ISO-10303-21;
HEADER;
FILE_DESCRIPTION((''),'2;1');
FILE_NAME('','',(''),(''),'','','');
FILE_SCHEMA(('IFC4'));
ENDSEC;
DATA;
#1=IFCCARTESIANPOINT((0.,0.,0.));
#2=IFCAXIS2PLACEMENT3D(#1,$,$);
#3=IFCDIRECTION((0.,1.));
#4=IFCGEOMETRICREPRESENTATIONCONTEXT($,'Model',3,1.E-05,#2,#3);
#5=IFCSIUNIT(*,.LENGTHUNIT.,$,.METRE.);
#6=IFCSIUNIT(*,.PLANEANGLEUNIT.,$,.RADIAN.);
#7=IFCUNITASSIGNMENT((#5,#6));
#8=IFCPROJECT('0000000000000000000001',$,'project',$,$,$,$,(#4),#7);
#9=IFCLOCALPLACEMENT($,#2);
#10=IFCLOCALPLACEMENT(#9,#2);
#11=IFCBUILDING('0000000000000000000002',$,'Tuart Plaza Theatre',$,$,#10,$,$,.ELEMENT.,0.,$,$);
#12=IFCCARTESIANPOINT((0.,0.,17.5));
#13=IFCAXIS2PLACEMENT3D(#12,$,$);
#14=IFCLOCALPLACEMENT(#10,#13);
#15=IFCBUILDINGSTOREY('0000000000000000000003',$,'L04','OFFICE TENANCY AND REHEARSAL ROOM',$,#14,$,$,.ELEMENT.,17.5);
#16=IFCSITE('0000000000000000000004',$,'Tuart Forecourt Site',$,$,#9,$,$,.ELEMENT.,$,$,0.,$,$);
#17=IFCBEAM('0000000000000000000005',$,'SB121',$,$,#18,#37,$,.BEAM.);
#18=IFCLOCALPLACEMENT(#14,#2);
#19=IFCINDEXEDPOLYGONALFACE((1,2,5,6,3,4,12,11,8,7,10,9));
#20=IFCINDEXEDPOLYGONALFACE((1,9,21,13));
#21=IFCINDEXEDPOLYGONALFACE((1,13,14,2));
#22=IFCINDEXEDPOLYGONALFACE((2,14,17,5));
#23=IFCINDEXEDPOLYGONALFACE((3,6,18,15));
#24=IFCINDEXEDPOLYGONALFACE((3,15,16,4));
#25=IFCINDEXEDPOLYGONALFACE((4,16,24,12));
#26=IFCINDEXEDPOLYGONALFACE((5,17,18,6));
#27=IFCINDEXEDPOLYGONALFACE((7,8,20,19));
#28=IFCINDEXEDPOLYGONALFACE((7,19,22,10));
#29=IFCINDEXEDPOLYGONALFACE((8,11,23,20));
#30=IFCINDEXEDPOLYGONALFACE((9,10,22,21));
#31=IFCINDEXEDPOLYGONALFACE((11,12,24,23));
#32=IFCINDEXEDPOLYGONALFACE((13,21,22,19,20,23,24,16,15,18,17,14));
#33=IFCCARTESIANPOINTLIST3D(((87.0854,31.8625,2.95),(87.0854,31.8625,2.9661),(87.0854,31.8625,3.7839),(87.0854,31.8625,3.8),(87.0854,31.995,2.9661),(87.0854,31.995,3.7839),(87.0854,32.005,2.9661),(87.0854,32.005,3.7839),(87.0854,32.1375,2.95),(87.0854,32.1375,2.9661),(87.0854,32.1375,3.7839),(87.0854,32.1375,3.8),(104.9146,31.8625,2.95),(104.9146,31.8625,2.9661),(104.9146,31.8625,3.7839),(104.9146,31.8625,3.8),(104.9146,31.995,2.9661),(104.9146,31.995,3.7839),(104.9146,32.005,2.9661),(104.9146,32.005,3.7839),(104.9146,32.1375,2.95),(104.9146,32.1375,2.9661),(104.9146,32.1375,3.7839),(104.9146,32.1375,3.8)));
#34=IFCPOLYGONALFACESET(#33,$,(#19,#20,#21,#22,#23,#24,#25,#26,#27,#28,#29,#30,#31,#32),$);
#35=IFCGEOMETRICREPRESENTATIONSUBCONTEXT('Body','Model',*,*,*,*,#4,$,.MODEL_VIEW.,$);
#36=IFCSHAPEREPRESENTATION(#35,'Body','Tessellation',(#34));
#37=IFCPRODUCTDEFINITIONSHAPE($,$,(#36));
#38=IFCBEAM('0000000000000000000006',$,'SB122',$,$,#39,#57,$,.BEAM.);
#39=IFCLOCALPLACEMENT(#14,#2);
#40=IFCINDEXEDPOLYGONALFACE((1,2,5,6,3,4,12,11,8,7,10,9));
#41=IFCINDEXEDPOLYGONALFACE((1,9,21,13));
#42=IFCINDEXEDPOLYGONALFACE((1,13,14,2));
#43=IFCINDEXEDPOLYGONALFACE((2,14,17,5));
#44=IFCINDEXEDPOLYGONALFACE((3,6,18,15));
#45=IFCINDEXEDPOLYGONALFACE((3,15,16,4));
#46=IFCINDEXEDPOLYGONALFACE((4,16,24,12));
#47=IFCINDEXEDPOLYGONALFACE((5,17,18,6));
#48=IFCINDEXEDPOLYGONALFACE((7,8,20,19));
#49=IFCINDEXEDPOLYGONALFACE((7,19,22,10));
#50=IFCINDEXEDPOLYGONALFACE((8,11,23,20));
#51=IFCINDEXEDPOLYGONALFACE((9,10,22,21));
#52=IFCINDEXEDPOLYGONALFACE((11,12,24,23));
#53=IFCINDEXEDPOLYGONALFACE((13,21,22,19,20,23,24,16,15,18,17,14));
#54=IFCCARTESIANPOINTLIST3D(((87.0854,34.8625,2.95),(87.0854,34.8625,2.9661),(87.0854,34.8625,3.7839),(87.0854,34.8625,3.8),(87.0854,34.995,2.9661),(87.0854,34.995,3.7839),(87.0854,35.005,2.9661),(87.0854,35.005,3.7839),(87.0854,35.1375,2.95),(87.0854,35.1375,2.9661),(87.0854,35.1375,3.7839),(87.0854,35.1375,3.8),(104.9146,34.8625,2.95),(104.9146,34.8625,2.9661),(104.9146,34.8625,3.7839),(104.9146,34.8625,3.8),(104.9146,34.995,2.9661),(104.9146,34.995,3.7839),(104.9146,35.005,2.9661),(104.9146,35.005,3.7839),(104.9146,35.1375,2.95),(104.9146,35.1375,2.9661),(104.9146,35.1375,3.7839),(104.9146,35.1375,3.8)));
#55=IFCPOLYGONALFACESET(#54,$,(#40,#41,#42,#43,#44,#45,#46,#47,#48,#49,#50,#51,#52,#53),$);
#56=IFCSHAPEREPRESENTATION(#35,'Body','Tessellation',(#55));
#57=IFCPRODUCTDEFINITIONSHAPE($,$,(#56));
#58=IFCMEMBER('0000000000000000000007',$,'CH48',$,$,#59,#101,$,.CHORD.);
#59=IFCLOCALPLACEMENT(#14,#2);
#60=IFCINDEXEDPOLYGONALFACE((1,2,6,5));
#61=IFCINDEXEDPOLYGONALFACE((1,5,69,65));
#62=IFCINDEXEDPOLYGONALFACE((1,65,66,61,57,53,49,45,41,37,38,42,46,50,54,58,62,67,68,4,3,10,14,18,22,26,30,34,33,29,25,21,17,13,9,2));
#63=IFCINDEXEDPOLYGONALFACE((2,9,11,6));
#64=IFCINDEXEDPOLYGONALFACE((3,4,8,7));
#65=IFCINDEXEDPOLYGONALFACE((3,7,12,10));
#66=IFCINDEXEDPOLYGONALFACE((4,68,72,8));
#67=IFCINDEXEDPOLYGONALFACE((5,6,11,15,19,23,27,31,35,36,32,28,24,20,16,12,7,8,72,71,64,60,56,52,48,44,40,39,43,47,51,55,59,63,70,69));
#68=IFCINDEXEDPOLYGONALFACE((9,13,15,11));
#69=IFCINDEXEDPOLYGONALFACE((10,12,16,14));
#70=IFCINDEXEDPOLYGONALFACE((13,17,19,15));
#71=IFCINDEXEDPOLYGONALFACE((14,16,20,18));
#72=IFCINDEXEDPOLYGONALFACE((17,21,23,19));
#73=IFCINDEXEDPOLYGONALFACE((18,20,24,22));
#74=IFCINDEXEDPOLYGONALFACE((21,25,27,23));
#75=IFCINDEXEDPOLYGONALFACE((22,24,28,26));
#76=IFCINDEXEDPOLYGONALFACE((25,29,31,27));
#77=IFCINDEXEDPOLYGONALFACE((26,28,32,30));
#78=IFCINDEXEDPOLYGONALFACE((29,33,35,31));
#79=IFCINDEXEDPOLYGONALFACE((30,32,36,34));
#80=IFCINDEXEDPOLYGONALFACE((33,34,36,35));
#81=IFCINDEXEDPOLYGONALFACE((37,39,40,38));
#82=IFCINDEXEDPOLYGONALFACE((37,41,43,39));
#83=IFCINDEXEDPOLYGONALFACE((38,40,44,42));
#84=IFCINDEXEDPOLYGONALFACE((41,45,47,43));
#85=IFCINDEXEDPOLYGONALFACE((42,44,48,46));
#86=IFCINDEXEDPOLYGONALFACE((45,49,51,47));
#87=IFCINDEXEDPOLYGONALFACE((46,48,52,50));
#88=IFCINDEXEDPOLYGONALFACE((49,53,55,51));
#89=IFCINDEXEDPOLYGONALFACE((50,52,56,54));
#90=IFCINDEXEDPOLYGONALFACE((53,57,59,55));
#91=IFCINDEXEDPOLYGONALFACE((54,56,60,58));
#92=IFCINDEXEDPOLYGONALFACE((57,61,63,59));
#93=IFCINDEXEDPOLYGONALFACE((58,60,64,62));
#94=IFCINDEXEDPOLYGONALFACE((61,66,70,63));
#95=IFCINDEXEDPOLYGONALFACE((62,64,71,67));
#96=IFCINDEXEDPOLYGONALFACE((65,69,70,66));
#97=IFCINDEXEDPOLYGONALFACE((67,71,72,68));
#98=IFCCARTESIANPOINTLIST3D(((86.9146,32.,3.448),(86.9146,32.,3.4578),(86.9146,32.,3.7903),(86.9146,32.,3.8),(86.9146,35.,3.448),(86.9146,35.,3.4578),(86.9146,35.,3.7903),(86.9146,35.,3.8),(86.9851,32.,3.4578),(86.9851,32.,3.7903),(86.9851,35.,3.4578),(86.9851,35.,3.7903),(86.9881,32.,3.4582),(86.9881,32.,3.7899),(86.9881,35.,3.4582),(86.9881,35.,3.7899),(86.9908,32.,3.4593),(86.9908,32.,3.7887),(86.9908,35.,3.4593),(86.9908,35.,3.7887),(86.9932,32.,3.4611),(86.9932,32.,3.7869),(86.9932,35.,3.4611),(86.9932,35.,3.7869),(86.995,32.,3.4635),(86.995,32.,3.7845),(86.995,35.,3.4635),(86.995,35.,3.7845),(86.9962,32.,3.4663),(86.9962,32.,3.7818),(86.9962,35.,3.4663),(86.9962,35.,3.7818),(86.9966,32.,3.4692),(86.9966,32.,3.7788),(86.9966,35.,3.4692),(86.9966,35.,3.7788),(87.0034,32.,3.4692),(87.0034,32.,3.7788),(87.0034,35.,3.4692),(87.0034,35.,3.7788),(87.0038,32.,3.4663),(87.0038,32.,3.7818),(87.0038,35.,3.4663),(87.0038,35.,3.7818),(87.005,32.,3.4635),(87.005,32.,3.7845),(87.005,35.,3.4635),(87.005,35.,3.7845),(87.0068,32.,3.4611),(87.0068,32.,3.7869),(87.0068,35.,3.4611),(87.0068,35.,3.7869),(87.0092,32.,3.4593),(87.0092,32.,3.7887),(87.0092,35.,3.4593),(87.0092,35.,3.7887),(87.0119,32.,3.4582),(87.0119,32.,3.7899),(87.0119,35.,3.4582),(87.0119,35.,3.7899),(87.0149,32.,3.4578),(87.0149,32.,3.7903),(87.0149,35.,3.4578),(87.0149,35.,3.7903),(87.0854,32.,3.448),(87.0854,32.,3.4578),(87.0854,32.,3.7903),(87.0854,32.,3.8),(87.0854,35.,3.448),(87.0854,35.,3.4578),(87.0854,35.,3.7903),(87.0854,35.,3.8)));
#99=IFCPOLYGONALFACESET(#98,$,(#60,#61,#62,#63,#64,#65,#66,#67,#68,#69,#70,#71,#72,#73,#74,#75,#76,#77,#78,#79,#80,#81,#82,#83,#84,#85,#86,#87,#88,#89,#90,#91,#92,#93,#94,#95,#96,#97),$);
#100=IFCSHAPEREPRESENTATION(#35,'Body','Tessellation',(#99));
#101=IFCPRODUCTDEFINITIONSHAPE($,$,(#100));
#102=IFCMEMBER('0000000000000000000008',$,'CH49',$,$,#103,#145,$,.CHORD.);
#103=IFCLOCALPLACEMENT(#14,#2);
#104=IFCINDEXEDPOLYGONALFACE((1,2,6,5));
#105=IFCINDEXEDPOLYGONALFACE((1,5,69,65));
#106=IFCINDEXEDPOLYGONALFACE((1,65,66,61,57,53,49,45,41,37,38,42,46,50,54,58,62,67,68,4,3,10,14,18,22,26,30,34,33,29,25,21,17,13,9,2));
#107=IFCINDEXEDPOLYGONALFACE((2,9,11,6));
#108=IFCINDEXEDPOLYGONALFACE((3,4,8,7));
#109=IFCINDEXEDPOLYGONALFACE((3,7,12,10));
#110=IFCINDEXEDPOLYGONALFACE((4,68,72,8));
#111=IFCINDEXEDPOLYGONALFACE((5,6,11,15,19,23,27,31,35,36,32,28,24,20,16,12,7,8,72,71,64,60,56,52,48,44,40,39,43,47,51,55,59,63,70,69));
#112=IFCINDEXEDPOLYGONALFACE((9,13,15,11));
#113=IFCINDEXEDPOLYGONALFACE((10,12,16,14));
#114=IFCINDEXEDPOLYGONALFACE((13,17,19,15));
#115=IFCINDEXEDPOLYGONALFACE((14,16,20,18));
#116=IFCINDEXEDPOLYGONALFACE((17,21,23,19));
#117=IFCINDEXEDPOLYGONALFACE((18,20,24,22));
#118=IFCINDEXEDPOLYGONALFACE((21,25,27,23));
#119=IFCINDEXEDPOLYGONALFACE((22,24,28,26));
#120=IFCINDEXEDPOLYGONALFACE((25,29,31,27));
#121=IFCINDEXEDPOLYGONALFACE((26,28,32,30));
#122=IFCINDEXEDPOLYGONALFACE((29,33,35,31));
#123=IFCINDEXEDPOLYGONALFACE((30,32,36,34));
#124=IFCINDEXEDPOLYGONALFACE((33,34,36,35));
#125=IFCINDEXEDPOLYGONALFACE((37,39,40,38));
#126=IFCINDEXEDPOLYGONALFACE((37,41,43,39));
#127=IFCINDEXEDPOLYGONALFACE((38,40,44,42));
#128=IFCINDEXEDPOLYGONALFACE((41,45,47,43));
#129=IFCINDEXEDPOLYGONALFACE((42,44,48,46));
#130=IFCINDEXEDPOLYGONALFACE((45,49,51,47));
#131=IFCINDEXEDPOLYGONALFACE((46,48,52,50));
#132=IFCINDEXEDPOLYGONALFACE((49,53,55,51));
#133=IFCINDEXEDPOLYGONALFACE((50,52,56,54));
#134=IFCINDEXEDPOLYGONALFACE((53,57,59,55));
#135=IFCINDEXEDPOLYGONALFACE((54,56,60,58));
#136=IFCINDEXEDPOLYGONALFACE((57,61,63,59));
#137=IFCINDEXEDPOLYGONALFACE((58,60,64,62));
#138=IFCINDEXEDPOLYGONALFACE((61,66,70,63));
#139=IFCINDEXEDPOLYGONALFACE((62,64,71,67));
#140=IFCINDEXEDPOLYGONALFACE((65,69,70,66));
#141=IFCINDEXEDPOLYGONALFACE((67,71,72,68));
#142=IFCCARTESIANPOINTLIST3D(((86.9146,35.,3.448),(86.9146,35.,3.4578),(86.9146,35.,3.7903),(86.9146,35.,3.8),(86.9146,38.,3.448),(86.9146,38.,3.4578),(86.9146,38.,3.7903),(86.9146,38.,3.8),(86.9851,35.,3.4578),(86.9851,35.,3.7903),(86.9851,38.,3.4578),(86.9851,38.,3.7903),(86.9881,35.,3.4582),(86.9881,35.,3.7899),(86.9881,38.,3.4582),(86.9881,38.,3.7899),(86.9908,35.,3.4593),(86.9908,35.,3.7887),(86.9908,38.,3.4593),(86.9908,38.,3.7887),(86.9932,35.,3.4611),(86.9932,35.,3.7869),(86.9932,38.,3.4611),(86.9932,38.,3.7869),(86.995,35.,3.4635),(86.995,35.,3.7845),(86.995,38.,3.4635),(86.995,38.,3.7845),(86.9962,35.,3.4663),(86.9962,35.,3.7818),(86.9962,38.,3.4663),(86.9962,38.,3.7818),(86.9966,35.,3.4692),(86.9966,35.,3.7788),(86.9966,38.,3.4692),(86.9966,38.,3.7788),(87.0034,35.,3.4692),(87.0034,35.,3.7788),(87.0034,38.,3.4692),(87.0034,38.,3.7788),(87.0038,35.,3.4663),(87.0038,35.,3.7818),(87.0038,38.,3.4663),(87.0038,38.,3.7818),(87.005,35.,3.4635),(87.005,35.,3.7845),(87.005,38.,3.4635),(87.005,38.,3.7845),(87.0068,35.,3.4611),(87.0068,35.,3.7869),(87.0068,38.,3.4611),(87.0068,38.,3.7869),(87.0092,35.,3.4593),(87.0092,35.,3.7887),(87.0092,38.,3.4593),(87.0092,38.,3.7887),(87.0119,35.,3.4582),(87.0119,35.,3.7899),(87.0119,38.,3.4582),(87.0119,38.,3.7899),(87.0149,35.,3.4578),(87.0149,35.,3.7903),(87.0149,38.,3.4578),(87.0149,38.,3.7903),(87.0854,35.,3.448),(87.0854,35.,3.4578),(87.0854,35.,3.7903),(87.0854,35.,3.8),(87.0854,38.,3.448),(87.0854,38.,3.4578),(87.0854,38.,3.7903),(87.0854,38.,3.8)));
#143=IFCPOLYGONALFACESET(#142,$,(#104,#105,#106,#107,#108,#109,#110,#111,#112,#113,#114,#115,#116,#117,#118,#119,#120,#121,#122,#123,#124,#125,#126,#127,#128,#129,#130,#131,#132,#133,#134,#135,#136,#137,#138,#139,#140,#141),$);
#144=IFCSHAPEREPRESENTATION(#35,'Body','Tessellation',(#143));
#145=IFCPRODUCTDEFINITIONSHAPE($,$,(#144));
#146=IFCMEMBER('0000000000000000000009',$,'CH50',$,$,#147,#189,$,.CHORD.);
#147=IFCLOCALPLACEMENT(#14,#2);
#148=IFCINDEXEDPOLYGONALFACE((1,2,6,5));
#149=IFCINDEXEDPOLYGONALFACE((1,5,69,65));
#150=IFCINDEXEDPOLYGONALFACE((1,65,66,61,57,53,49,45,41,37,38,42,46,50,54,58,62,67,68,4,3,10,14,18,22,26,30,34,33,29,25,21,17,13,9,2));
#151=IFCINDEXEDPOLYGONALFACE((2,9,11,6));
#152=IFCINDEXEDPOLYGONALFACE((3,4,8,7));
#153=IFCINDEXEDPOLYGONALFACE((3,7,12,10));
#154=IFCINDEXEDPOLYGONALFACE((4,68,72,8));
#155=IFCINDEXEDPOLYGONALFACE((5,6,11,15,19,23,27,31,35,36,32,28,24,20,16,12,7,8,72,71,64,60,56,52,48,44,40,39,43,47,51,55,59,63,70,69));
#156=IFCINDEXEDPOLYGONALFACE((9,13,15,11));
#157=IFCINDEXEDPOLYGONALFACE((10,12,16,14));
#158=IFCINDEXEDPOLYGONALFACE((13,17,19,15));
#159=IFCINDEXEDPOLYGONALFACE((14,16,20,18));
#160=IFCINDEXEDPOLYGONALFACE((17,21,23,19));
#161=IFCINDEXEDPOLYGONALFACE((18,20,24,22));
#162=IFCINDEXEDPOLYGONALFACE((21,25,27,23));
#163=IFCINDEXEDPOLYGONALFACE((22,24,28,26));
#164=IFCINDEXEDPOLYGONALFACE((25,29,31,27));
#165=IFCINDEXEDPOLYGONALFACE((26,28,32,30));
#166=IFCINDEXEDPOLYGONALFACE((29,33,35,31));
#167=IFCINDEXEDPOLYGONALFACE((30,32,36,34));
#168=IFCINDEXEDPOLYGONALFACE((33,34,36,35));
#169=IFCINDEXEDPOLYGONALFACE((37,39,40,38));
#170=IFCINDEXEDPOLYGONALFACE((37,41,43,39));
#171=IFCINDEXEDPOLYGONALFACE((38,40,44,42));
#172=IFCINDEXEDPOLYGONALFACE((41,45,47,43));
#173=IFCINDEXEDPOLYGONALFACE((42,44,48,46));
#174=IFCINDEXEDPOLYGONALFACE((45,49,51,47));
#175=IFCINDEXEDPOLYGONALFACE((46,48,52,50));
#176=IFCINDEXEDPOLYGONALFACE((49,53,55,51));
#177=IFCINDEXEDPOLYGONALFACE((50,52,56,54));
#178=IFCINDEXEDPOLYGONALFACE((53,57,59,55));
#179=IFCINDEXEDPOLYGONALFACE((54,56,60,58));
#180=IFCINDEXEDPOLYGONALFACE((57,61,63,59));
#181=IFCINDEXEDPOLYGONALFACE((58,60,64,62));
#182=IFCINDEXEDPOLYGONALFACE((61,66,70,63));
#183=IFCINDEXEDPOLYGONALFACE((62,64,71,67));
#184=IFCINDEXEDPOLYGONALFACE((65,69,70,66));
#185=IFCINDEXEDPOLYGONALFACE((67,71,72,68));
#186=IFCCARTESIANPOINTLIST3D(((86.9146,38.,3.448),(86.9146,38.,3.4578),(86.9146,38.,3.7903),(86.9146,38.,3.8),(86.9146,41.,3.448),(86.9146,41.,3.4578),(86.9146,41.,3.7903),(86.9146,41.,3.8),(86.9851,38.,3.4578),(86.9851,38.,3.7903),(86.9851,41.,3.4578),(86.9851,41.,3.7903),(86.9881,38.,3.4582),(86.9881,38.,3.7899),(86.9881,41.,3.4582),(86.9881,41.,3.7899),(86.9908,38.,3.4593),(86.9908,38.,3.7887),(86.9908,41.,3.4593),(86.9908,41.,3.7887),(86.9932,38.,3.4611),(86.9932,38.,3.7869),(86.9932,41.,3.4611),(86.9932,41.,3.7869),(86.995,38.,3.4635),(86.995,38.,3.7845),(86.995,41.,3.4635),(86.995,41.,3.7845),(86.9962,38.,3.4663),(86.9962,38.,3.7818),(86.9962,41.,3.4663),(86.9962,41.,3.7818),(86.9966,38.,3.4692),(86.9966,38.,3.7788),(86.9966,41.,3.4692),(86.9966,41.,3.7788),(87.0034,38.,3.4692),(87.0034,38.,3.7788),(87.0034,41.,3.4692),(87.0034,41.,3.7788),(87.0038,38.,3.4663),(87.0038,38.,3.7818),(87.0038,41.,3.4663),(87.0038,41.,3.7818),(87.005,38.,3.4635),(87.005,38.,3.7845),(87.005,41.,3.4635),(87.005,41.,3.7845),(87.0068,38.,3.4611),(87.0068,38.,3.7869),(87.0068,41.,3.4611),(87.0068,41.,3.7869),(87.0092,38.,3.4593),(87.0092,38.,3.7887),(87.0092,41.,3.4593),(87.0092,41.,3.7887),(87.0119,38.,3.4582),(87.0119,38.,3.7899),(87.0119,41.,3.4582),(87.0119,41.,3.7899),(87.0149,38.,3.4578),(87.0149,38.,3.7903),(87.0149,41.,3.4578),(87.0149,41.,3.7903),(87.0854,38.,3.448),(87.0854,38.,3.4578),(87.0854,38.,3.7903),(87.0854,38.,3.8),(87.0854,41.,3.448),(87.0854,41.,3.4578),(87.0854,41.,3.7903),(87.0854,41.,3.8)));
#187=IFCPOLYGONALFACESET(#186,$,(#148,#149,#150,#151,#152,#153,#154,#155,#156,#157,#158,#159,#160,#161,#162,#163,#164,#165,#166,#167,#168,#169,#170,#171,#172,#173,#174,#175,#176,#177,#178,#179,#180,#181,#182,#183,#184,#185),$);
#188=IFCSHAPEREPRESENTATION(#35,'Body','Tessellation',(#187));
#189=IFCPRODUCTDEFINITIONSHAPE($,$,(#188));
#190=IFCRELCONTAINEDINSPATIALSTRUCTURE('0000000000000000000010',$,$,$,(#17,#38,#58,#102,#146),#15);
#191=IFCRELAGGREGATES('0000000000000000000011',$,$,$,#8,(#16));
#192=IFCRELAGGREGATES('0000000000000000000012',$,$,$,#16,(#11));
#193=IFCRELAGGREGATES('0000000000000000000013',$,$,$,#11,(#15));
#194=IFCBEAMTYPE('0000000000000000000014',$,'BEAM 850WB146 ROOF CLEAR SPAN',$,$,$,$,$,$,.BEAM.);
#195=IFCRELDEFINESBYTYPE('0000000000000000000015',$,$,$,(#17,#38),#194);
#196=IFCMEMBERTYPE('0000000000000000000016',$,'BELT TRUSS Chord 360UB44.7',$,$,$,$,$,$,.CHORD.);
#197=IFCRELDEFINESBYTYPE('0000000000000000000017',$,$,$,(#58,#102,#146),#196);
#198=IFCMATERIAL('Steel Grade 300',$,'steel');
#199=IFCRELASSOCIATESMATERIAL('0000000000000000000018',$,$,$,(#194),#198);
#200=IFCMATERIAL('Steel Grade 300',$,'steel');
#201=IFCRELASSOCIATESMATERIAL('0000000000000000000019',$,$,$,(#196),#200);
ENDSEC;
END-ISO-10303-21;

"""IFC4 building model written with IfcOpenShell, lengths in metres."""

from ifc_helpers import new_model, si_unit, direction, frame, origin, origin_2d, place, context, subcontext, project, spatial, i_section, extrude, material, material_profile, profile_set, type_object, element, save


model = new_model("IFC4")

# Units and contexts
model_context = context("Model", 3, precision=1e-05, world=origin(), true_north=direction((0.0, 1.0)))
body_context = subcontext(model_context, "Body", "Model", "MODEL_VIEW")
ifc_project = project(units=[si_unit("LENGTHUNIT", "METRE"), si_unit("PLANEANGLEUNIT", "RADIAN")], contexts=[model_context])

# Site, building, storey
site_placement = place(None, origin())
site = spatial("IfcSite", under=ifc_project, at=site_placement, Name="Tuart Forecourt Site", CompositionType="ELEMENT", RefElevation=0.0)
building_placement = place(site_placement, origin())
building = spatial("IfcBuilding", under=site, at=building_placement, Name="Tuart Plaza Theatre", CompositionType="ELEMENT", ElevationOfRefHeight=0.0)
storey_placement = place(building_placement, frame((0.0, 0.0, 17.5)))
storey = spatial("IfcBuildingStorey", under=building, at=storey_placement, Name="L04", Description="OFFICE TENANCY AND REHEARSAL ROOM", CompositionType="ELEMENT", Elevation=17.5)

# Beams
ifc_material_1 = material(Name="Steel Grade 300", Category="steel")
ifc_material_profile_1 = material_profile(ifc_material_1, i_section(OverallWidth=0.2749, OverallDepth=0.8501, WebThickness=0.01, FlangeThickness=0.0161, at=origin_2d()), Name="850WB146")
ifc_profile_set_1 = profile_set([ifc_material_profile_1], Name="Steel Grade 300")
beam_type = type_object("IfcBeamType", Name="BEAM 850WB146 ROOF CLEAR SPAN", PredefinedType="BEAM", material=ifc_profile_set_1)
for number, where, z_axis, x_axis, name in (
    (1, (87.0854, 32.0, 3.375), (1.0, 0.0, 0.0), (0.0, 1.0, 0.0), "SB121"),
    (2, (87.0854, 35.0, 3.375), (1.0, 0.0, 0.0), (0.0, 1.0, 0.0), "SB122"),
):
    element("IfcBeam", number, at=place(storey_placement, frame(where, z_axis=z_axis, x_axis=x_axis)), inside=storey, type_object=beam_type, Name=name, PredefinedType="BEAM", context=body_context, shape_type="SweptSolid", body=[
        extrude(i_section(OverallWidth=0.2749, OverallDepth=0.8501, WebThickness=0.01, FlangeThickness=0.0161, at=origin_2d()), origin(), (0.0, 0.0, 1.0), 17.8291),
    ])

# Members
ifc_material_2 = material(Name="Steel Grade 300", Category="steel")
ifc_material_profile_2 = material_profile(ifc_material_2, i_section(OverallWidth=0.1709, OverallDepth=0.3521, WebThickness=0.0068, FlangeThickness=0.0098, FilletRadius=0.0115, at=origin_2d()), Name="360UB44.7")
ifc_profile_set_2 = profile_set([ifc_material_profile_2], Name="Steel Grade 300")
member_type_1 = type_object("IfcMemberType", Name="BELT TRUSS Chord 360UB44.7", PredefinedType="CHORD", material=ifc_profile_set_2)
for number, where, z_axis, x_axis, name in (
    (3, (87.0, 32.0, 3.624), (0.0, 1.0, 0.0), (-1.0, 0.0, 0.0), "CH48"),
    (4, (87.0, 35.0, 3.624), (0.0, 1.0, 0.0), (-1.0, 0.0, 0.0), "CH49"),
    (5, (87.0, 38.0, 3.624), (0.0, 1.0, 0.0), (-1.0, 0.0, 0.0), "CH50"),
):
    element("IfcMember", number, at=place(storey_placement, frame(where, z_axis=z_axis, x_axis=x_axis)), inside=storey, type_object=member_type_1, Name=name, PredefinedType="CHORD", context=body_context, shape_type="SweptSolid", body=[
        extrude(i_section(OverallWidth=0.1709, OverallDepth=0.3521, WebThickness=0.0068, FlangeThickness=0.0098, FilletRadius=0.0115, at=origin_2d()), origin(), (0.0, 0.0, 1.0), 3.0),
    ])

save(model, "model.ifc")
